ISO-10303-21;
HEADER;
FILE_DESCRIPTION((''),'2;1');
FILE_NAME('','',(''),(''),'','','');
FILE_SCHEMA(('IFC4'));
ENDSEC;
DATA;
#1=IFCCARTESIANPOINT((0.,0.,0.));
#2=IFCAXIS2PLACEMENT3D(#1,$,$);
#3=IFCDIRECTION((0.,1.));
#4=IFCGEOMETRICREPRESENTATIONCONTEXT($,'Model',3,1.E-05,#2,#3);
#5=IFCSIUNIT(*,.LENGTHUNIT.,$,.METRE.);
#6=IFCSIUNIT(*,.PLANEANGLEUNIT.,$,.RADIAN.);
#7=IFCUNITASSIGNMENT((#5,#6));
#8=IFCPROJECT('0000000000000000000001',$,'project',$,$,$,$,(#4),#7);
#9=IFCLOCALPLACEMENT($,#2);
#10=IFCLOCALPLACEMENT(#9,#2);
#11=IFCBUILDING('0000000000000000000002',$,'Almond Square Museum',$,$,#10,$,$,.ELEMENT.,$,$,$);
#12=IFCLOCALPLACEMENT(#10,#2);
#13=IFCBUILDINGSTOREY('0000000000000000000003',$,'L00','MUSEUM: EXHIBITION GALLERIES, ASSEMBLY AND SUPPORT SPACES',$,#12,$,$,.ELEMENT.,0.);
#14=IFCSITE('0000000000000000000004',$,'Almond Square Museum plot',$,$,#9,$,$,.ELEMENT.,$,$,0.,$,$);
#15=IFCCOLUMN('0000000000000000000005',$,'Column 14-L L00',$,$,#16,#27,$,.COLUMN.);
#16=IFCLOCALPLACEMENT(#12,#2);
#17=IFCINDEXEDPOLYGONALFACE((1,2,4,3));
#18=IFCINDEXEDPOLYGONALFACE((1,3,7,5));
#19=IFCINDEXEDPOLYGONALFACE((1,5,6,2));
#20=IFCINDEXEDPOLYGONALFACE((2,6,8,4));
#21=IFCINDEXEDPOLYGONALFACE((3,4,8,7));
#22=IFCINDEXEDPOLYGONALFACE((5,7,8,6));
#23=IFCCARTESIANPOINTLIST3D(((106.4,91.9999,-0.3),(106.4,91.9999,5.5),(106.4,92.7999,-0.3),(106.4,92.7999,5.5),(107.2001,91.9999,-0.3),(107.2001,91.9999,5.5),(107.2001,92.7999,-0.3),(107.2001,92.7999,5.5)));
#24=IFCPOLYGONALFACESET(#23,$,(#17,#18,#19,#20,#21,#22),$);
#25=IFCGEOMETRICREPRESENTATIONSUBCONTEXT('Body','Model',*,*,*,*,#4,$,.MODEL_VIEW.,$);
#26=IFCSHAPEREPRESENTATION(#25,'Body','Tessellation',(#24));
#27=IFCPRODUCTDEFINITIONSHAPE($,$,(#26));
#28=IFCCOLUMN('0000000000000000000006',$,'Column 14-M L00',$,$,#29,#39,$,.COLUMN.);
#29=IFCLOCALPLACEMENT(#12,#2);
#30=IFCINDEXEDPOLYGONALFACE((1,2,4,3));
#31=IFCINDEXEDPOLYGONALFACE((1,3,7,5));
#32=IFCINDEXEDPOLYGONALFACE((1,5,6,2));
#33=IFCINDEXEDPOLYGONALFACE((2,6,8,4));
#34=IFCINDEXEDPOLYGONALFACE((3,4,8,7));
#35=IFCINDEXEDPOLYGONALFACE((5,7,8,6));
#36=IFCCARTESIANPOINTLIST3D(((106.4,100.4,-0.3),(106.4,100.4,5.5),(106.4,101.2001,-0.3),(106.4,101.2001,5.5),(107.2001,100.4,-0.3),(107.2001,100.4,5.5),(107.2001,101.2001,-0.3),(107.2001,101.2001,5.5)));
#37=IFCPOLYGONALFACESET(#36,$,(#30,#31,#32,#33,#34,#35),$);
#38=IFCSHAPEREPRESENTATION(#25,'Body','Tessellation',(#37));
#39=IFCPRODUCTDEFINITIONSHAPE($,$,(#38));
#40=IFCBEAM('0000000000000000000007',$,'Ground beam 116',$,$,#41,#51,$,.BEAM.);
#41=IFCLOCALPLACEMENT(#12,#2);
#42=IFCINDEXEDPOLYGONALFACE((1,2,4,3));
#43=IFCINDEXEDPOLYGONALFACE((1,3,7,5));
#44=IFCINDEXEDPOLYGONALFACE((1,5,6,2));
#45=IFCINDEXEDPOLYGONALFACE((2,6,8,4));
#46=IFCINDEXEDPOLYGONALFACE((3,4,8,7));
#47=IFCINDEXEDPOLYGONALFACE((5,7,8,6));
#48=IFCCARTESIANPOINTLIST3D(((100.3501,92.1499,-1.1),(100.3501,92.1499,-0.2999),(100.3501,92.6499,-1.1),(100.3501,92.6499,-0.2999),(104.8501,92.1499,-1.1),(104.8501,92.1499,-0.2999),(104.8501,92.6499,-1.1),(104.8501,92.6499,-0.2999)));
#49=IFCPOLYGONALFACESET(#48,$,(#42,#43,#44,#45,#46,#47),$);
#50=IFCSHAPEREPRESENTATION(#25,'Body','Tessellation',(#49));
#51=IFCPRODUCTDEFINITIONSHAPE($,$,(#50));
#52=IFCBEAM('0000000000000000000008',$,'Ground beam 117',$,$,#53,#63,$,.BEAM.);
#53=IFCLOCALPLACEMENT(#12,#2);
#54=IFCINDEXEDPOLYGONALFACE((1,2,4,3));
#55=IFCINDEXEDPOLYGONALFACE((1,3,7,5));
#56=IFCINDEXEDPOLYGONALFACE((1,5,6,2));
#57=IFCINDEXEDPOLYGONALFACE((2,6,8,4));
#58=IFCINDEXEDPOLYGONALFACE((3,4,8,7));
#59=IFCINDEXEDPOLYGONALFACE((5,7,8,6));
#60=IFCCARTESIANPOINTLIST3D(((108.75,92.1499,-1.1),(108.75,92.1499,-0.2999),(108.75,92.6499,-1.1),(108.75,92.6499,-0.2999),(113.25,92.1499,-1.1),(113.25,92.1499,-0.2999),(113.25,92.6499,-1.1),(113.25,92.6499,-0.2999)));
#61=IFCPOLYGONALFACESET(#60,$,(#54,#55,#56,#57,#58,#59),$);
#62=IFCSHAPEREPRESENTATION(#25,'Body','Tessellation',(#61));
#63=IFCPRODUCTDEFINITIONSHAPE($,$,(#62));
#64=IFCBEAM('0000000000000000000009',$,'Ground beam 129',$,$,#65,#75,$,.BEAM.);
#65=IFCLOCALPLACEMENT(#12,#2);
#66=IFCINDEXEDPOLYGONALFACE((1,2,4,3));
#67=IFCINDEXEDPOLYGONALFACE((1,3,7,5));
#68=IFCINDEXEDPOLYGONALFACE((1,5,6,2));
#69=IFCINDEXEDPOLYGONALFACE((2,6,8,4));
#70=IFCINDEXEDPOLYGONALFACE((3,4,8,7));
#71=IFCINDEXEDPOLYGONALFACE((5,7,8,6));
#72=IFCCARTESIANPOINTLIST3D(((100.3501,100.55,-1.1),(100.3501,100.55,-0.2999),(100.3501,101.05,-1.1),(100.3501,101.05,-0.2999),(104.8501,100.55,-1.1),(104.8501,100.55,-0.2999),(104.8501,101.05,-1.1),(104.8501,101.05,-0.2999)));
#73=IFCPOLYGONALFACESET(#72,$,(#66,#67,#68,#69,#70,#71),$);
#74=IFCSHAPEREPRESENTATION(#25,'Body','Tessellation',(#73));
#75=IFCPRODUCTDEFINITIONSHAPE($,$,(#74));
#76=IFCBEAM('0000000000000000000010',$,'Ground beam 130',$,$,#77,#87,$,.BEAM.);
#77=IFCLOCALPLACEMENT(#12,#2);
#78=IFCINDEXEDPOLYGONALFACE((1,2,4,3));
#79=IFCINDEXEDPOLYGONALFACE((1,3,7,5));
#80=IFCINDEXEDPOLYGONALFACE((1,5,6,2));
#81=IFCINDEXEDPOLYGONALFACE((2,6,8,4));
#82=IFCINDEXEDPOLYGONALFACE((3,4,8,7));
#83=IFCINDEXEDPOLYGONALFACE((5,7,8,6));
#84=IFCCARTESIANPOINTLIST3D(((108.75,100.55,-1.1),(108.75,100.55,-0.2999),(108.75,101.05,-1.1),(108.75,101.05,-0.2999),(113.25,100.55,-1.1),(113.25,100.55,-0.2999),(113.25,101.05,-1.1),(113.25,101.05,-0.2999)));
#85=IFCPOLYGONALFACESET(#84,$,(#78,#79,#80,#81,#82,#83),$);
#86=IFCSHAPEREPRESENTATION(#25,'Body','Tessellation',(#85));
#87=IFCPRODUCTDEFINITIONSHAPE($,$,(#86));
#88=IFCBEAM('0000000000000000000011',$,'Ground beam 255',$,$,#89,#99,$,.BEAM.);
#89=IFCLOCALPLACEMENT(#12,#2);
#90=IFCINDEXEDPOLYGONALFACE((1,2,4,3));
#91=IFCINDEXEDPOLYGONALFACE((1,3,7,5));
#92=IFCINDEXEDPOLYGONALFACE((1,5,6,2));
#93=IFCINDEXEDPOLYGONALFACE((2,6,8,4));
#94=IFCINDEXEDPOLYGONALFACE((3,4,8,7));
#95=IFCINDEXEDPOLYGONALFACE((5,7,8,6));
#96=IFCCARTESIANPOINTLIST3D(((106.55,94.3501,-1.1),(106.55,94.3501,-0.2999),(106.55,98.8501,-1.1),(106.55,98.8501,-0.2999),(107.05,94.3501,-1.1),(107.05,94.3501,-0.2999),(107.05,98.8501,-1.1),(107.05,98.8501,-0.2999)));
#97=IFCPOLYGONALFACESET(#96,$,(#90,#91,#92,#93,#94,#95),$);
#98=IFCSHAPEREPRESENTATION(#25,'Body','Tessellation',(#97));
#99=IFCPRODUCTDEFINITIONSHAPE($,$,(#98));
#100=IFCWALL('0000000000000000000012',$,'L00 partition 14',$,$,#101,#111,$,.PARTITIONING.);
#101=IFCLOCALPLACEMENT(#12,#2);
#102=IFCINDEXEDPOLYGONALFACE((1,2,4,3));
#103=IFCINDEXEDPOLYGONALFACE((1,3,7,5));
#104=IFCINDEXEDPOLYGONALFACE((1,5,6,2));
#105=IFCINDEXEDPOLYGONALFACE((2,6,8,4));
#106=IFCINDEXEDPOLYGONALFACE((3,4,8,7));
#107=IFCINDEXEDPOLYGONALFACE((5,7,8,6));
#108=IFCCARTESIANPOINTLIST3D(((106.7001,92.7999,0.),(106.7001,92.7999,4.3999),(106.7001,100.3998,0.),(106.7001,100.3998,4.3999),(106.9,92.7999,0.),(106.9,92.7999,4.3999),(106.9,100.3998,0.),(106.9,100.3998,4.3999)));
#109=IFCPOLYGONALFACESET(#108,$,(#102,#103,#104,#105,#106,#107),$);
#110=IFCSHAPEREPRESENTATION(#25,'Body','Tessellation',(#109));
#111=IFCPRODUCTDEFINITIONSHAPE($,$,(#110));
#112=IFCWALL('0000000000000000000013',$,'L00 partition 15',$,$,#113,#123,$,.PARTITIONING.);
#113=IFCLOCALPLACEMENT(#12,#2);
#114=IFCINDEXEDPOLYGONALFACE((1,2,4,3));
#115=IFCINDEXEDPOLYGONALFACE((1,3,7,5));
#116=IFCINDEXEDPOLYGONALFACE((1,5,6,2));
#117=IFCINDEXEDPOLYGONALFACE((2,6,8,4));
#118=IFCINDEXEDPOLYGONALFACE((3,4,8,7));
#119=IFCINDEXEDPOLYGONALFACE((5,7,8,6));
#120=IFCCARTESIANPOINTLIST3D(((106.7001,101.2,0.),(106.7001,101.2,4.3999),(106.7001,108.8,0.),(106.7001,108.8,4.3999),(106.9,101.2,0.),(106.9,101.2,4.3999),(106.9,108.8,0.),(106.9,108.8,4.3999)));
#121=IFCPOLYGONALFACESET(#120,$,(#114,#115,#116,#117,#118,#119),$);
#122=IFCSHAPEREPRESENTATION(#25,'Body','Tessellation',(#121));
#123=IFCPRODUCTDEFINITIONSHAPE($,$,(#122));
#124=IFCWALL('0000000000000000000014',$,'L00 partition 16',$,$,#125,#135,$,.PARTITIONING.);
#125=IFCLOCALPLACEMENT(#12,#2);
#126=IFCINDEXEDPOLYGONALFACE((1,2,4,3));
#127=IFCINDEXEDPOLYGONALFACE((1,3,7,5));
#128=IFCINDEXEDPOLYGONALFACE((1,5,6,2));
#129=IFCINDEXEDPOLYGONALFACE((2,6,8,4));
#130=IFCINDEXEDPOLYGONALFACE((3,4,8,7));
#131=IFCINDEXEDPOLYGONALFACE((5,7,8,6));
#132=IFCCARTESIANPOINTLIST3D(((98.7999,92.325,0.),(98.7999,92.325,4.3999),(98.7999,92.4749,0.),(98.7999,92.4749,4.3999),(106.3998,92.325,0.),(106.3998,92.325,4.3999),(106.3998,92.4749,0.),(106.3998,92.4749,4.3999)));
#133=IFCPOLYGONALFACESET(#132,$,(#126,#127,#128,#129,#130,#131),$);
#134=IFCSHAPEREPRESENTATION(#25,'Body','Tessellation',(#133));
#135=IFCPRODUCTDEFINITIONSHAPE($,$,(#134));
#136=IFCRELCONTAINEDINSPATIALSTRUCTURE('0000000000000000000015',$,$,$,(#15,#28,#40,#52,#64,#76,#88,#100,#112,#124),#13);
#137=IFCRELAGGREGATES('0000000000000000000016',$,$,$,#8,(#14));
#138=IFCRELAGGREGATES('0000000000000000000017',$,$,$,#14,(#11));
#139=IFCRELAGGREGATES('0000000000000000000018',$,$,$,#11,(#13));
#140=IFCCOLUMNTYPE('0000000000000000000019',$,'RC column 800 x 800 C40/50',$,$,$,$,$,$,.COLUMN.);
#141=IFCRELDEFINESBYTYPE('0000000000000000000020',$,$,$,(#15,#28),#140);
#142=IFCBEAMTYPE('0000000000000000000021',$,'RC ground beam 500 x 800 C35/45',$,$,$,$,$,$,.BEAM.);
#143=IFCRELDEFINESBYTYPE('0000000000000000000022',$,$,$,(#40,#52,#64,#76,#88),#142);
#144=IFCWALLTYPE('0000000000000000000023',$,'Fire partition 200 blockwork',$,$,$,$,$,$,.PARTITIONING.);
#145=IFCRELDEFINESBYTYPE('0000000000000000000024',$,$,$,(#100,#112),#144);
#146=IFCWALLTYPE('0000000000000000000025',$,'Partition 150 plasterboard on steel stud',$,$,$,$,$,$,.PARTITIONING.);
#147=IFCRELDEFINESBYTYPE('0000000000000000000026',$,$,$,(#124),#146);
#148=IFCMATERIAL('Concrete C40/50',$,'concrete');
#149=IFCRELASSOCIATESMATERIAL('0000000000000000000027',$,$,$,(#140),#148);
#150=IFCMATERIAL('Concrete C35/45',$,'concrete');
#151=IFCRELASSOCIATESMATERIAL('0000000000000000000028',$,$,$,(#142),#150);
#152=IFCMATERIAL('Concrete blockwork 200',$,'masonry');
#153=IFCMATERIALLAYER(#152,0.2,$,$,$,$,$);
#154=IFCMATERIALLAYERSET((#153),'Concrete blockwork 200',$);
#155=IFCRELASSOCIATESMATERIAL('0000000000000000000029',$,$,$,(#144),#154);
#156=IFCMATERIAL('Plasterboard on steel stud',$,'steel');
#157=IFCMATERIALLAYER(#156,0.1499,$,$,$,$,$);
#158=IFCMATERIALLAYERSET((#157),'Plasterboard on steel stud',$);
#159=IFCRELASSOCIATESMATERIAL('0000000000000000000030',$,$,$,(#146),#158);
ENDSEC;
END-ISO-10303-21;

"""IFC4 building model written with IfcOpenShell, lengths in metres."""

from ifc_helpers import new_model, si_unit, direction, frame, frame_2d, origin, origin_2d, place, context, subcontext, project, spatial, rectangle, extrude, material, layer, layer_set, material_profile, profile_set, type_object, element, save


model = new_model("IFC4")

# Units and contexts
model_context = context("Model", 3, precision=1e-05, world=origin(), true_north=direction((0.0, 1.0)))
body_context = subcontext(model_context, "Body", "Model", "MODEL_VIEW")
ifc_project = project(units=[si_unit("LENGTHUNIT", "METRE"), si_unit("PLANEANGLEUNIT", "RADIAN")], contexts=[model_context])

# Site, building, storey
site_placement = place(None, origin())
site = spatial("IfcSite", under=ifc_project, at=site_placement, Name="Almond Square Museum plot", CompositionType="ELEMENT", RefElevation=0.0)
building_placement = place(site_placement, origin())
building = spatial("IfcBuilding", under=site, at=building_placement, Name="Almond Square Museum", CompositionType="ELEMENT")
storey_placement = place(building_placement, origin())
storey = spatial("IfcBuildingStorey", under=building, at=storey_placement, Name="L00", Description="MUSEUM: EXHIBITION GALLERIES, ASSEMBLY AND SUPPORT SPACES", CompositionType="ELEMENT", Elevation=0.0)

# Columns
ifc_material_1 = material(Name="Concrete C40/50", Category="concrete")
ifc_material_profile_1 = material_profile(ifc_material_1, rectangle(XDim=0.8, YDim=0.8, at=origin_2d()))
ifc_profile_set_1 = profile_set([ifc_material_profile_1], Name="Concrete C40/50")
column_type = type_object("IfcColumnType", Name="RC column 800 x 800 C40/50", PredefinedType="COLUMN", material=ifc_profile_set_1)
for number, where, z_axis, x_axis, name in (
    (1, (106.8, 92.3999, -0.3), (0.0, 0.0, 1.0), (1.0, 0.0, 0.0), "Column 14-L L00"),
    (2, (106.8, 100.8, -0.3), (0.0, 0.0, 1.0), (1.0, 0.0, 0.0), "Column 14-M L00"),
):
    element("IfcColumn", number, at=place(storey_placement, frame(where, z_axis=z_axis, x_axis=x_axis)), inside=storey, type_object=column_type, Name=name, PredefinedType="COLUMN", context=body_context, shape_type="SweptSolid", body=[
        extrude(rectangle(XDim=0.8, YDim=0.8, at=origin_2d()), origin(), (0.0, 0.0, 1.0), 5.8),
    ])

# Beams
ifc_material_2 = material(Name="Concrete C35/45", Category="concrete")
ifc_material_profile_2 = material_profile(ifc_material_2, rectangle(XDim=0.5, YDim=0.8, at=origin_2d()))
ifc_profile_set_2 = profile_set([ifc_material_profile_2], Name="Concrete C35/45")
beam_type = type_object("IfcBeamType", Name="RC ground beam 500 x 800 C35/45", PredefinedType="BEAM", material=ifc_profile_set_2)
for number, where, z_axis, x_axis, name in (
    (3, (100.3501, 92.3999, -0.7), (1.0, 0.0, 0.0), (0.0, 1.0, 0.0), "Ground beam 116"),
    (4, (108.75, 92.3999, -0.7), (1.0, 0.0, 0.0), (0.0, 1.0, 0.0), "Ground beam 117"),
    (5, (100.3501, 100.8, -0.7), (1.0, 0.0, 0.0), (0.0, 1.0, 0.0), "Ground beam 129"),
    (6, (108.75, 100.8, -0.7), (1.0, 0.0, 0.0), (0.0, 1.0, 0.0), "Ground beam 130"),
    (7, (106.8, 94.3501, -0.7), (0.0, 1.0, 0.0), (-1.0, 0.0, 0.0), "Ground beam 255"),
):
    element("IfcBeam", number, at=place(storey_placement, frame(where, z_axis=z_axis, x_axis=x_axis)), inside=storey, type_object=beam_type, Name=name, PredefinedType="BEAM", context=body_context, shape_type="SweptSolid", body=[
        extrude(rectangle(XDim=0.5, YDim=0.8, at=origin_2d()), origin(), (0.0, 0.0, 1.0), 4.5),
    ])

# Walls
ifc_material_3 = material(Name="Concrete blockwork 200", Category="masonry")
ifc_layer_1 = layer(ifc_material_3, 0.2)
ifc_layer_set_1 = layer_set([ifc_layer_1], Name="Concrete blockwork 200")
wall_type_1 = type_object("IfcWallType", Name="Fire partition 200 blockwork", PredefinedType="PARTITIONING", material=ifc_layer_set_1)
wall_1_placement = place(storey_placement, frame((106.8, 92.8, 0.0), z_axis=(0.0, 0.0, 1.0), x_axis=(0.0, 1.0, 0.0)))
element("IfcWall", 8, at=wall_1_placement, inside=storey, type_object=wall_type_1, Name="L00 partition 14", PredefinedType="PARTITIONING", context=body_context, shape_type="SweptSolid", body=[
    extrude(rectangle(XDim=7.5999, YDim=0.2, at=frame_2d((3.7998, 0.0))), origin(), (0.0, 0.0, 1.0), 4.3999),
])
wall_2_placement = place(storey_placement, frame((106.8, 101.2, 0.0), z_axis=(0.0, 0.0, 1.0), x_axis=(0.0, 1.0, 0.0)))
element("IfcWall", 9, at=wall_2_placement, inside=storey, type_object=wall_type_1, Name="L00 partition 15", PredefinedType="PARTITIONING", context=body_context, shape_type="SweptSolid", body=[
    extrude(rectangle(XDim=7.6001, YDim=0.2, at=frame_2d((3.8, 0.0))), origin(), (0.0, 0.0, 1.0), 4.3999),
])
ifc_material_4 = material(Name="Plasterboard on steel stud", Category="steel")
ifc_layer_2 = layer(ifc_material_4, 0.1499)
ifc_layer_set_2 = layer_set([ifc_layer_2], Name="Plasterboard on steel stud")
wall_type_2 = type_object("IfcWallType", Name="Partition 150 plasterboard on steel stud", PredefinedType="PARTITIONING", material=ifc_layer_set_2)
wall_3_placement = place(storey_placement, frame((98.8, 92.3999, 0.0), z_axis=(0.0, 0.0, 1.0), x_axis=(1.0, 0.0, 0.0)))
element("IfcWall", 10, at=wall_3_placement, inside=storey, type_object=wall_type_2, Name="L00 partition 16", PredefinedType="PARTITIONING", context=body_context, shape_type="SweptSolid", body=[
    extrude(rectangle(XDim=7.5999, YDim=0.1499, at=frame_2d((3.7998, 0.0))), origin(), (0.0, 0.0, 1.0), 4.3999),
])

save(model, "model.ifc")
